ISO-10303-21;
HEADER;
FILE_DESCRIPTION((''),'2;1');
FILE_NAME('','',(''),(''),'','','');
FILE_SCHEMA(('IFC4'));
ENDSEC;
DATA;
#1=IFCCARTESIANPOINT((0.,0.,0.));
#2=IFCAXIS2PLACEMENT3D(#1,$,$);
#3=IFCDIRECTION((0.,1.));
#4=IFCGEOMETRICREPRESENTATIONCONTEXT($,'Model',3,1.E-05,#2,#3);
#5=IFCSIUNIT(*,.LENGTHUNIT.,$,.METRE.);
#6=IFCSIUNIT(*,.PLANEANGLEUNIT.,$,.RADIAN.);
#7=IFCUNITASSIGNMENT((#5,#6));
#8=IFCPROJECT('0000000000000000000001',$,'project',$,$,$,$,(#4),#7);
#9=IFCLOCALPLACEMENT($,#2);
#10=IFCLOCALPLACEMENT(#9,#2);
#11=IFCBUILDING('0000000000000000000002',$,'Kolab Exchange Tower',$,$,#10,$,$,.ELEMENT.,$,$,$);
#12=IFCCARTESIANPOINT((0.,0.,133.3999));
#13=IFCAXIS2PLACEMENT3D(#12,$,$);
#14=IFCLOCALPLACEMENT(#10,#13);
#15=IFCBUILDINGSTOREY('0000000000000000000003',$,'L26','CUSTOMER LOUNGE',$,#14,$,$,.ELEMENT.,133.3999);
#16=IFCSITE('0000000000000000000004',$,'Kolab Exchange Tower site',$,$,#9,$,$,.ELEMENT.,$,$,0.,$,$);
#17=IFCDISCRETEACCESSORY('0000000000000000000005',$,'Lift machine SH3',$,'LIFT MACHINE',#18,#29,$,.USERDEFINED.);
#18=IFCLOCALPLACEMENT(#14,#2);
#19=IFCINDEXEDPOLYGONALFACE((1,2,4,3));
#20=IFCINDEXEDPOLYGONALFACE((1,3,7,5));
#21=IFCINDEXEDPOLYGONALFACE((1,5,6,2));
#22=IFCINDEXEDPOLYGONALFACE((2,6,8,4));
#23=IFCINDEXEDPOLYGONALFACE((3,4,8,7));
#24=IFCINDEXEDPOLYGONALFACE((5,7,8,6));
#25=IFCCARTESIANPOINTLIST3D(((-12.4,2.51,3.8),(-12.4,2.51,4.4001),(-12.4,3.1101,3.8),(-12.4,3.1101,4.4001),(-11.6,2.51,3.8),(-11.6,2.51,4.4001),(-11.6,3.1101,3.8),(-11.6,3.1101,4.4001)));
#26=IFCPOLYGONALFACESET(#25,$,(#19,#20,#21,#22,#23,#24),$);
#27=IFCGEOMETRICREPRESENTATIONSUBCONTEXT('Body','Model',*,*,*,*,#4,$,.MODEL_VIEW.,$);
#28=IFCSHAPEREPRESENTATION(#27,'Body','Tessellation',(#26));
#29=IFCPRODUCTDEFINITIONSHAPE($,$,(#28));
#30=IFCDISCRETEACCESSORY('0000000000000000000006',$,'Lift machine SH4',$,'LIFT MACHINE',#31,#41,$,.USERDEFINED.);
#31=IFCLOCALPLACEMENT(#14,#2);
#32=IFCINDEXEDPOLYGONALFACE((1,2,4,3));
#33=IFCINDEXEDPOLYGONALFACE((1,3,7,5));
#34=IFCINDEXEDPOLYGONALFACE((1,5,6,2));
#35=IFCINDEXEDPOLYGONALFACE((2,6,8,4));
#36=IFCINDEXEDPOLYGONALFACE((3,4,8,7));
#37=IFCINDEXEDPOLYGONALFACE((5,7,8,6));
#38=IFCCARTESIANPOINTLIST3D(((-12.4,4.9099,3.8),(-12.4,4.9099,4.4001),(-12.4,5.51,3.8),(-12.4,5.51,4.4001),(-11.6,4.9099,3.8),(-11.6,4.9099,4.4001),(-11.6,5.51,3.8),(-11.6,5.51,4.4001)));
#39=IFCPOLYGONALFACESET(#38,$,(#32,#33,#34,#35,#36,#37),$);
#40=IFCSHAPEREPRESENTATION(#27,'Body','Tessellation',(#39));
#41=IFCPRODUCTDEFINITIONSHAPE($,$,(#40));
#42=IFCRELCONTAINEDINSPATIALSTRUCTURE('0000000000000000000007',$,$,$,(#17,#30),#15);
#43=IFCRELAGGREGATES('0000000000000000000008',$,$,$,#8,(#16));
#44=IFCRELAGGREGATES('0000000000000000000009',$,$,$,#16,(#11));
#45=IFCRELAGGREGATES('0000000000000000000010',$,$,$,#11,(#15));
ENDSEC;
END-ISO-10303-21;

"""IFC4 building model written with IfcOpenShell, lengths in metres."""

from ifc_helpers import new_model, si_unit, direction, frame, origin, origin_2d, place, context, subcontext, project, spatial, rectangle, extrude, element, save


model = new_model("IFC4")

# Units and contexts
model_context = context("Model", 3, precision=1e-05, world=origin(), true_north=direction((0.0, 1.0)))
body_context = subcontext(model_context, "Body", "Model", "MODEL_VIEW")
ifc_project = project(units=[si_unit("LENGTHUNIT", "METRE"), si_unit("PLANEANGLEUNIT", "RADIAN")], contexts=[model_context])

# Site, building, storey
site_placement = place(None, origin())
site = spatial("IfcSite", under=ifc_project, at=site_placement, Name="Kolab Exchange Tower site", CompositionType="ELEMENT", RefElevation=0.0)
building_placement = place(site_placement, origin())
building = spatial("IfcBuilding", under=site, at=building_placement, Name="Kolab Exchange Tower", CompositionType="ELEMENT")
storey_placement = place(building_placement, frame((0.0, 0.0, 133.3999)))
storey = spatial("IfcBuildingStorey", under=building, at=storey_placement, Name="L26", Description="CUSTOMER LOUNGE", CompositionType="ELEMENT", Elevation=133.3999)

# Discrete accessories
for number, where, z_axis, x_axis, name in (
    (1, (-12.0, 2.8101, 3.8), (0.0, 0.0, 1.0), (1.0, 0.0, 0.0), "Lift machine SH3"),
    (2, (-12.0, 5.21, 3.8), (0.0, 0.0, 1.0), (1.0, 0.0, 0.0), "Lift machine SH4"),
):
    element("IfcDiscreteAccessory", number, at=place(storey_placement, frame(where, z_axis=z_axis, x_axis=x_axis)), inside=storey, Name=name, ObjectType="LIFT MACHINE", PredefinedType="USERDEFINED", context=body_context, shape_type="SweptSolid", body=[
        extrude(rectangle(XDim=0.8, YDim=0.6001, at=origin_2d()), origin(), (0.0, 0.0, 1.0), 0.6001),
    ])

save(model, "model.ifc")
